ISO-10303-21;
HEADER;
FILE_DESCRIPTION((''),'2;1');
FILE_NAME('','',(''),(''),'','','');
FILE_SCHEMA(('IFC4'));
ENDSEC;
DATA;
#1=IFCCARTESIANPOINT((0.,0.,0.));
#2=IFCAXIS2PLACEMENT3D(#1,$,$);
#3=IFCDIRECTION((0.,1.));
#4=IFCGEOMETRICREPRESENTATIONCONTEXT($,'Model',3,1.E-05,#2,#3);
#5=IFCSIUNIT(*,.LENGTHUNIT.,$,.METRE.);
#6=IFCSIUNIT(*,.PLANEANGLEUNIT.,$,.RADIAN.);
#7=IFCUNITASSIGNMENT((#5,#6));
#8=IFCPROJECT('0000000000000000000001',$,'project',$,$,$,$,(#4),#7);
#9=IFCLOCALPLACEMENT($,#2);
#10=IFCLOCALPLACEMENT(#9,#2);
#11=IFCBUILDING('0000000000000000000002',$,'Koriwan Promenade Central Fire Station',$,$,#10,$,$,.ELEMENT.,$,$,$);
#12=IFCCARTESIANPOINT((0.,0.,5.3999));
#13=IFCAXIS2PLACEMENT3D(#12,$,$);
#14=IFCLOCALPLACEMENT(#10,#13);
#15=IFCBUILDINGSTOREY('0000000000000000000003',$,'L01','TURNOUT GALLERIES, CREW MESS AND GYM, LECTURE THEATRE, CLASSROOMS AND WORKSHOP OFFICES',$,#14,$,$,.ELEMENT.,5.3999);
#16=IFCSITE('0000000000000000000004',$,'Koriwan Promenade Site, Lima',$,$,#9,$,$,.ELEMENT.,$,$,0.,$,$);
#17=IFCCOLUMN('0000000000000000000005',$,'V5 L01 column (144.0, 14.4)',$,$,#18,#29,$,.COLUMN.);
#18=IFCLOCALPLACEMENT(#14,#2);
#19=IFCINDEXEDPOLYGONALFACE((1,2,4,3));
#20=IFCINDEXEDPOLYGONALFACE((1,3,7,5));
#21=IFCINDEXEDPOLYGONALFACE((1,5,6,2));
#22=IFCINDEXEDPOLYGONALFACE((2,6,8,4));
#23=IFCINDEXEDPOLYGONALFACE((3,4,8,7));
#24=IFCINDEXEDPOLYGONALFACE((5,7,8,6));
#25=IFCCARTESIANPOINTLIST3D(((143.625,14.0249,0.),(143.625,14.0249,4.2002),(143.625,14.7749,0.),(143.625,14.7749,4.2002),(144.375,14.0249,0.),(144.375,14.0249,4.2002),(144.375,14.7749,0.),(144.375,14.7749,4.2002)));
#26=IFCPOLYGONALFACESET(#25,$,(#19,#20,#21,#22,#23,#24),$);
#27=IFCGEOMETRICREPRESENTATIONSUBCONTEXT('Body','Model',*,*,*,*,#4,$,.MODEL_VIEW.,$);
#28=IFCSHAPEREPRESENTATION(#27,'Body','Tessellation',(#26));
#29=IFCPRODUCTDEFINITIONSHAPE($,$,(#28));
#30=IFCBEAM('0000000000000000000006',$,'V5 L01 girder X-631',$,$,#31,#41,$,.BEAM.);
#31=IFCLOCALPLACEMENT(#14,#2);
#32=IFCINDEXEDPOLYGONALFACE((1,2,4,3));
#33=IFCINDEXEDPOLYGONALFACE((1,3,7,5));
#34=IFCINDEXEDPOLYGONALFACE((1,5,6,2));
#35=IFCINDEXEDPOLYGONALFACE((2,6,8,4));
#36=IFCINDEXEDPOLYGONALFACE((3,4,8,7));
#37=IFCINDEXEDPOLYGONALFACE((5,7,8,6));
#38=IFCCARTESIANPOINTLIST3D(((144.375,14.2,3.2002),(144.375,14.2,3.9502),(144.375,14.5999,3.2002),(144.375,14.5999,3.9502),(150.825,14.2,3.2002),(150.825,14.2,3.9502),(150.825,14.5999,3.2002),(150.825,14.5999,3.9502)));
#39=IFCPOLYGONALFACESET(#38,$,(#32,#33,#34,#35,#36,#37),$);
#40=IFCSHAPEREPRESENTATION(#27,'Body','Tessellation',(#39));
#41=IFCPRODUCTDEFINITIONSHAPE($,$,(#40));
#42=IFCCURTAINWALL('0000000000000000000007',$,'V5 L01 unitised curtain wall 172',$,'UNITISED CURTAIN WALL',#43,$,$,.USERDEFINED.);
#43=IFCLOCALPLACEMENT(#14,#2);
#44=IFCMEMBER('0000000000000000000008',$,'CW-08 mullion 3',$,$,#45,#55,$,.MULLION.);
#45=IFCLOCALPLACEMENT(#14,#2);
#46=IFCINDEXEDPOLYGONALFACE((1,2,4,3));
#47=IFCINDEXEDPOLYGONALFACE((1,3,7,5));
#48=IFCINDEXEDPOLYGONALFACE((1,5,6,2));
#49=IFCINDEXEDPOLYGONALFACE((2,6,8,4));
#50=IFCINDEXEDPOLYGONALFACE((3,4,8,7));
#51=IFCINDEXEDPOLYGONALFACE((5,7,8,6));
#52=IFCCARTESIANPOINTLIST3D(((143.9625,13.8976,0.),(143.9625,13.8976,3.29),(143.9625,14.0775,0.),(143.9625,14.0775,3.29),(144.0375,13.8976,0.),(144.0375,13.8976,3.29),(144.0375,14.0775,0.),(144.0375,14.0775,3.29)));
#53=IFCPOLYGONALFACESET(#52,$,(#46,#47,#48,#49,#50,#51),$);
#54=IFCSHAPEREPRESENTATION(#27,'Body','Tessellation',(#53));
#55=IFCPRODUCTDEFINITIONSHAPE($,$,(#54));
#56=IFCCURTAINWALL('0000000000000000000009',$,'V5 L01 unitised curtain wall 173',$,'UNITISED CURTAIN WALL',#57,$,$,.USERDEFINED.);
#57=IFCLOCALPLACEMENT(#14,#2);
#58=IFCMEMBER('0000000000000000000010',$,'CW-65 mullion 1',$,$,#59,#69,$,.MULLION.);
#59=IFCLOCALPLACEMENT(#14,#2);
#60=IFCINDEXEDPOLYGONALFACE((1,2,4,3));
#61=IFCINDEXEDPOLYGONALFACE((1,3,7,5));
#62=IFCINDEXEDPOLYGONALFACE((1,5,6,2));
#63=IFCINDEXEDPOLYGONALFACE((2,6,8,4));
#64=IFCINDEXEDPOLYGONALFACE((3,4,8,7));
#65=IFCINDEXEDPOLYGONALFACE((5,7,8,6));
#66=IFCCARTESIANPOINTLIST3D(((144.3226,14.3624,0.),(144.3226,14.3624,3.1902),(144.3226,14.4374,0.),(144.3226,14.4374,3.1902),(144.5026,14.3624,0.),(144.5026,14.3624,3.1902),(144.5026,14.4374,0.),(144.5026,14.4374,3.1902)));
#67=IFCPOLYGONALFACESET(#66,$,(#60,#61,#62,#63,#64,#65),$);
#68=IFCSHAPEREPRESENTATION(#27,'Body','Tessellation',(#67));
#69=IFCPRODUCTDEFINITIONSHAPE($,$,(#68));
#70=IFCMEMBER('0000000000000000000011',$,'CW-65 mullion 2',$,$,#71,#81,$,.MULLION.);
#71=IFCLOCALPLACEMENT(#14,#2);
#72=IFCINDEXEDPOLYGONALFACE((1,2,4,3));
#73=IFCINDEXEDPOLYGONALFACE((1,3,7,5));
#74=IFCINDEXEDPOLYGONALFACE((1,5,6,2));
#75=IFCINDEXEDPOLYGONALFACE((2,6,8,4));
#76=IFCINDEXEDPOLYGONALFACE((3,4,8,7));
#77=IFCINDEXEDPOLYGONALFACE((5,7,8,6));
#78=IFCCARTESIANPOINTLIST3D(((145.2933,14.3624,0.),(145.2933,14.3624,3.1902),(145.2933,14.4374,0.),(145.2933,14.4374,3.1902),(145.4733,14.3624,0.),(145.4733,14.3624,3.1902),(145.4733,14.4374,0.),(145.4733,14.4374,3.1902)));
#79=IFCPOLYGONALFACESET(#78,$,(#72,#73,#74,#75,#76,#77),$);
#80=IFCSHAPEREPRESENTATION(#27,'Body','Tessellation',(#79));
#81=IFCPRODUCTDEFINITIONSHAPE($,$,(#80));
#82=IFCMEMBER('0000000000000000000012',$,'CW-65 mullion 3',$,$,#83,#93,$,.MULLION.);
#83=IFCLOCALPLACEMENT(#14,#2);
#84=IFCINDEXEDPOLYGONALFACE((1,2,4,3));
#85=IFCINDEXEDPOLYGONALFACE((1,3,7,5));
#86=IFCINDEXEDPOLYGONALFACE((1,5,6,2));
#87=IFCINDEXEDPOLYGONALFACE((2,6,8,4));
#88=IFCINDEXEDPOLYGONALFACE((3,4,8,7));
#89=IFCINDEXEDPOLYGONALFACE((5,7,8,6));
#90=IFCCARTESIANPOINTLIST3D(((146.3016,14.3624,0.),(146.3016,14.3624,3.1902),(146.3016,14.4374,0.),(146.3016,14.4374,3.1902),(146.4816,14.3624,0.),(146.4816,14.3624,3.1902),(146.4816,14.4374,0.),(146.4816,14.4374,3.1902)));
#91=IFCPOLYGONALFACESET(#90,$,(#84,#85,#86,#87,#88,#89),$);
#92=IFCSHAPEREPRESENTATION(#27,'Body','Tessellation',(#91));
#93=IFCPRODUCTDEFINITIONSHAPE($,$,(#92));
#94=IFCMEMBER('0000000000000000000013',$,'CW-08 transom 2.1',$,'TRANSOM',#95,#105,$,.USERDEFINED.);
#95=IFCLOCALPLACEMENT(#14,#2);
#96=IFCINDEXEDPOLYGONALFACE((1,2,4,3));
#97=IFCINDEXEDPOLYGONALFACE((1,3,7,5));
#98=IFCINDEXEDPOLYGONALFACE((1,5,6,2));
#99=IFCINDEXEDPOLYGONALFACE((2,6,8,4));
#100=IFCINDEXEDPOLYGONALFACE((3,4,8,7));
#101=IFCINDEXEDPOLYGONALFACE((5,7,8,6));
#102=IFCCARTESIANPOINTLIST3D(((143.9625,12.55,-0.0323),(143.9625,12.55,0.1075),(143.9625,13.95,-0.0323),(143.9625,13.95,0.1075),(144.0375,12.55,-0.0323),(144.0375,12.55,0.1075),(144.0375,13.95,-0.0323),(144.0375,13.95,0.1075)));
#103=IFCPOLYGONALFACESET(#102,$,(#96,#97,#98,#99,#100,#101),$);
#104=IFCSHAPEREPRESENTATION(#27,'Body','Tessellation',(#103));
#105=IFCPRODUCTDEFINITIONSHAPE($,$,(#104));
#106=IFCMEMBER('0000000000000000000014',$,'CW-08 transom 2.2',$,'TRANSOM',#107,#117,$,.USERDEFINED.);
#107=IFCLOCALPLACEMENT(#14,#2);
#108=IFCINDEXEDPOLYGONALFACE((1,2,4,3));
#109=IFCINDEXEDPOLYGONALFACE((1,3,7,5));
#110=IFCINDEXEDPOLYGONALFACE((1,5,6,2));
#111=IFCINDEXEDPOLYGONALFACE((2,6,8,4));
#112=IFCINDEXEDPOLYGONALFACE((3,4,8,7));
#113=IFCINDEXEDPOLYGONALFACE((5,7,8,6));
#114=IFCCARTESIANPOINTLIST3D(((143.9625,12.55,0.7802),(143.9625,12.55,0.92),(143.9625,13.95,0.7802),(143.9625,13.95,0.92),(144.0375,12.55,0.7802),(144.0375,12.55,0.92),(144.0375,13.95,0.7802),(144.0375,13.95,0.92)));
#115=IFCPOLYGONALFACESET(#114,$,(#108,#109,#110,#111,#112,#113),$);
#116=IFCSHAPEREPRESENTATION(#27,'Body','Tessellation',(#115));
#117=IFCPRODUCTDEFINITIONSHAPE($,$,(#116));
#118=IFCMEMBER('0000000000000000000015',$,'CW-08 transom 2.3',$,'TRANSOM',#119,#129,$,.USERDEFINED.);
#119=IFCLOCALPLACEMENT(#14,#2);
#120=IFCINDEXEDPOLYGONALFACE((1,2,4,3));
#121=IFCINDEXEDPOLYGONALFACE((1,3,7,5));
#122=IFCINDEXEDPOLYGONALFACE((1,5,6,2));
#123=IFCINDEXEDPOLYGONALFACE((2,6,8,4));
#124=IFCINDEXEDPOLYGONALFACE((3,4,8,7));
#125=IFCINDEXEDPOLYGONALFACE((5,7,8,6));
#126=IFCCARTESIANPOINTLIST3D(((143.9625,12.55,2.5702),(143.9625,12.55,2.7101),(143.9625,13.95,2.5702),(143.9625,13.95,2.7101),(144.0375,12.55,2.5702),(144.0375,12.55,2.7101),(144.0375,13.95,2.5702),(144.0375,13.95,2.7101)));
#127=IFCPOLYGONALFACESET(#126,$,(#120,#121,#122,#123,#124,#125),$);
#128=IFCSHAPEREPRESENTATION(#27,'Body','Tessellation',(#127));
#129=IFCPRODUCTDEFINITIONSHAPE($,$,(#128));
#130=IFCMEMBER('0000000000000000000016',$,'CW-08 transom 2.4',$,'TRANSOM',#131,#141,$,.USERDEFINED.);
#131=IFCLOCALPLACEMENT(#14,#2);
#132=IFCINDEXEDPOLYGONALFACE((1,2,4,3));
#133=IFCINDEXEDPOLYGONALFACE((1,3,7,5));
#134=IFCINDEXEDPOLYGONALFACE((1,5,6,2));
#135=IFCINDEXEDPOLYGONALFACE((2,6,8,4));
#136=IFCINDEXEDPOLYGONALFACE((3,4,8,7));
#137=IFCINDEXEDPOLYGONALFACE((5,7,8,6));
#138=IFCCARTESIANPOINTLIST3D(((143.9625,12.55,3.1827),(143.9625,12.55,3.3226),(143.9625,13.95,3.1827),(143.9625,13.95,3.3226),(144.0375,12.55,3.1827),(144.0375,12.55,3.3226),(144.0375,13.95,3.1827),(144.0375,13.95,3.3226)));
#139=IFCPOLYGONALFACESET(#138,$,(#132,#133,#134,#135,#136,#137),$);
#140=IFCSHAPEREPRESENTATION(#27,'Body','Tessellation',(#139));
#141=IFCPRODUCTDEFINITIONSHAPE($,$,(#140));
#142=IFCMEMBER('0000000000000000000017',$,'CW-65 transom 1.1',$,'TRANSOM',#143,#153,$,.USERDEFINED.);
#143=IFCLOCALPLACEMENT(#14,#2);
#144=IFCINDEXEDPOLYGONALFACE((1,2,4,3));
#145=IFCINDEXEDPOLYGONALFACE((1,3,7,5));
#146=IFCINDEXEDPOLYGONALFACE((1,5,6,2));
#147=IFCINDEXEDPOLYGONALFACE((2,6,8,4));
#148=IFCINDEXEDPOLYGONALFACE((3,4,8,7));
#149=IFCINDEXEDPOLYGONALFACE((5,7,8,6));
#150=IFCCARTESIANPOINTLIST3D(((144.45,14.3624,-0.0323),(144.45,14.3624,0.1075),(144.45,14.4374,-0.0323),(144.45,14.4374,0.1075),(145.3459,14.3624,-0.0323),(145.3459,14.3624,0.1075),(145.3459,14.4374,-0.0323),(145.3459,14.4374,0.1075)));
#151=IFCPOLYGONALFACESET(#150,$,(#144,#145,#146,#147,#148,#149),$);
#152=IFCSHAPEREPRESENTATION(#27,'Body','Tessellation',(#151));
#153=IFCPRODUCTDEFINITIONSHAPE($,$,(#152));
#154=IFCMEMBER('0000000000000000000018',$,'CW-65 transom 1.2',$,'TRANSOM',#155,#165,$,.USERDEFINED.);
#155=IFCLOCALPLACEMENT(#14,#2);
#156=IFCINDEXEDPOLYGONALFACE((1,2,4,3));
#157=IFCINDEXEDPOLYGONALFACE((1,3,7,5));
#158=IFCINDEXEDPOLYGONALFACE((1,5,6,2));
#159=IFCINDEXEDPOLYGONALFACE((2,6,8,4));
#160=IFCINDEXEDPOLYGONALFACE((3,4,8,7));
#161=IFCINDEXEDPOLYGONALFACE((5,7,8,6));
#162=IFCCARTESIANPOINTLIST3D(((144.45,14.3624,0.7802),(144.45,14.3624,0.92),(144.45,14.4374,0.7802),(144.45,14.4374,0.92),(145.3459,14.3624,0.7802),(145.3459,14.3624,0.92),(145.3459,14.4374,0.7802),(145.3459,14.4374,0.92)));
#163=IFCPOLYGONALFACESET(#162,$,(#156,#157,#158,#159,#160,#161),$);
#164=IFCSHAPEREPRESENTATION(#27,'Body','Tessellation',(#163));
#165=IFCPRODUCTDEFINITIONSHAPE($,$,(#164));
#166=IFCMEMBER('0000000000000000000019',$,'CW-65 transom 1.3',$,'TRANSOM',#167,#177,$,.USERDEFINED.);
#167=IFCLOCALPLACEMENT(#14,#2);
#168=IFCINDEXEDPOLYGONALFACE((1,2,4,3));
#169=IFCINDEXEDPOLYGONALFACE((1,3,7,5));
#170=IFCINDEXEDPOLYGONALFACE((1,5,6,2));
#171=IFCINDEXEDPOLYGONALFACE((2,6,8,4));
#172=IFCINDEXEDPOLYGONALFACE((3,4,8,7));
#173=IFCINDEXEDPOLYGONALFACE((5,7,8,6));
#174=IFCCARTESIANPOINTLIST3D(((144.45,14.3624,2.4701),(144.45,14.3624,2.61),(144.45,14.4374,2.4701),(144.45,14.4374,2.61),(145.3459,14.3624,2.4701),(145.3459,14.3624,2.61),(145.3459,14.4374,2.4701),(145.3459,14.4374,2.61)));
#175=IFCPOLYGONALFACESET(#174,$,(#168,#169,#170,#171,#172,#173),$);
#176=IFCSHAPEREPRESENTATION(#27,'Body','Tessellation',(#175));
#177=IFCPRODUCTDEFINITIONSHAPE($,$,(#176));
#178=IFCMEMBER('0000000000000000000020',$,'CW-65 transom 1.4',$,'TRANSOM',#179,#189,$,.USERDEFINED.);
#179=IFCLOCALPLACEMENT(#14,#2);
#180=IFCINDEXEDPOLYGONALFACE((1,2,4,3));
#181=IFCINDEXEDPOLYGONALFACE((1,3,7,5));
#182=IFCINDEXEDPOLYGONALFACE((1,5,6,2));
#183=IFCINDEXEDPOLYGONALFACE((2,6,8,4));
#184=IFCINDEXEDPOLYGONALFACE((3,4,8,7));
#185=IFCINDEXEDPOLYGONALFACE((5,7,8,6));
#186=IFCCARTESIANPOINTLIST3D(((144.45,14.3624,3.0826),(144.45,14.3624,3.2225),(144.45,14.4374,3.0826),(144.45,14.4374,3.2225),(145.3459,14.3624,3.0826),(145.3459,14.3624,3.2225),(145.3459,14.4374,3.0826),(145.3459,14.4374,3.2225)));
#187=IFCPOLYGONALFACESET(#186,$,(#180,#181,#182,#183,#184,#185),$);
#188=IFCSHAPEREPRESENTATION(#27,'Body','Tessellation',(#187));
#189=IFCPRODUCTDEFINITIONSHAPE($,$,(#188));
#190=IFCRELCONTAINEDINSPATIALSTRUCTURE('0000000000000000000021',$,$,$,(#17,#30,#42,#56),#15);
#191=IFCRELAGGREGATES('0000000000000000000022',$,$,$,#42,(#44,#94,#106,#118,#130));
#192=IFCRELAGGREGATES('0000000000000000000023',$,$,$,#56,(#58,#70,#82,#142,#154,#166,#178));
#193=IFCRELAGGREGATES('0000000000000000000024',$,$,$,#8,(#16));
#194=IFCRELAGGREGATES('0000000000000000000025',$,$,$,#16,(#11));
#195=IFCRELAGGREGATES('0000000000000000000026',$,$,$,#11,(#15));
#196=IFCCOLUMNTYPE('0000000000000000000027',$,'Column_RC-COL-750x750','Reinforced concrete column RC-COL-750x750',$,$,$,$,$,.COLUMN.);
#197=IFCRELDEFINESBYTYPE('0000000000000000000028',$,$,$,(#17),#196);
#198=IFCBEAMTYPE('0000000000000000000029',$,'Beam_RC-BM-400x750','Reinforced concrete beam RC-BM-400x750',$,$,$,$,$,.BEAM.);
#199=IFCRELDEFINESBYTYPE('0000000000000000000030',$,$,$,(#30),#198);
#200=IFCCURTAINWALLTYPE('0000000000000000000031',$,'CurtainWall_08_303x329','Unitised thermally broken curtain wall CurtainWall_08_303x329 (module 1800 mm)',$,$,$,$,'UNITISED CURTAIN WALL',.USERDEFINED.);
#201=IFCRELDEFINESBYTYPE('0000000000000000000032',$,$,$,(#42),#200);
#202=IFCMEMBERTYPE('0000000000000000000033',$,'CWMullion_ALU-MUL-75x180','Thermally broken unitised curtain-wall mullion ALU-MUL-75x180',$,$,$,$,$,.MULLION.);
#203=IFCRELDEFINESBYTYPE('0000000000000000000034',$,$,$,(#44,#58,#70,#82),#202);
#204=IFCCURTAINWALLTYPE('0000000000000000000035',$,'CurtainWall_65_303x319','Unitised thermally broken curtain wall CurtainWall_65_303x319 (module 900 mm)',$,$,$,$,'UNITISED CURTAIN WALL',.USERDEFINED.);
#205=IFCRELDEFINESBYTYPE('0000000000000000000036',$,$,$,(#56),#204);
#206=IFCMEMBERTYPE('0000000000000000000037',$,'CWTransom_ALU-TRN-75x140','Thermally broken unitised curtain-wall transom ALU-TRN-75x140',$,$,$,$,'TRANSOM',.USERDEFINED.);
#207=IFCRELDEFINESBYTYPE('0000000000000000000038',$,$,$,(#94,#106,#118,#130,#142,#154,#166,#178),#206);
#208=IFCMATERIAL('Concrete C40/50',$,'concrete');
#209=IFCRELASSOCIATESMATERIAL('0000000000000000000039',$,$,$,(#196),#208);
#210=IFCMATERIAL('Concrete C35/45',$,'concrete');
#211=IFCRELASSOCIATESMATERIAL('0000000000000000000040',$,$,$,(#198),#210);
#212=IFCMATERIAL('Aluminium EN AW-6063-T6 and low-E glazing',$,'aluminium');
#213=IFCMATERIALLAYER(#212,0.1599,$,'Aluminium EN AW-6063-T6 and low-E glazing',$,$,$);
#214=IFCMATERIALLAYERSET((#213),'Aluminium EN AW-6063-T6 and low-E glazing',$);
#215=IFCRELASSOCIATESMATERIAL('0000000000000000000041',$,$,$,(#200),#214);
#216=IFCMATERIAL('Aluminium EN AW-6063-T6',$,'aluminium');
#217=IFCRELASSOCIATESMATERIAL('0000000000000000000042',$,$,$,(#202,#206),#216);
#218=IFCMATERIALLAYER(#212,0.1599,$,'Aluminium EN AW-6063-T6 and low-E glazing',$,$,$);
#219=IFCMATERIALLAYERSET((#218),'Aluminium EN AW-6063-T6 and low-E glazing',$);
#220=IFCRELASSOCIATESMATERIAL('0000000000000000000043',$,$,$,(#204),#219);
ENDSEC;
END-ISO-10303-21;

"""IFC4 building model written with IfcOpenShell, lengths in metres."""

from ifc_helpers import new_model, si_unit, direction, frame, origin, origin_2d, place, context, subcontext, project, spatial, rectangle, extrude, material, layer, layer_set, material_profile, profile_set, type_object, element, aggregate, save


model = new_model("IFC4")

# Units and contexts
model_context = context("Model", 3, precision=1e-05, world=origin(), true_north=direction((0.0, 1.0)))
body_context = subcontext(model_context, "Body", "Model", "MODEL_VIEW")
ifc_project = project(units=[si_unit("LENGTHUNIT", "METRE"), si_unit("PLANEANGLEUNIT", "RADIAN")], contexts=[model_context])

# Site, building, storey
site_placement = place(None, origin())
site = spatial("IfcSite", under=ifc_project, at=site_placement, Name="Koriwan Promenade Site, Lima", CompositionType="ELEMENT", RefElevation=0.0)
building_placement = place(site_placement, origin())
building = spatial("IfcBuilding", under=site, at=building_placement, Name="Koriwan Promenade Central Fire Station", CompositionType="ELEMENT")
storey_placement = place(building_placement, frame((0.0, 0.0, 5.3999)))
storey = spatial("IfcBuildingStorey", under=building, at=storey_placement, Name="L01", Description="TURNOUT GALLERIES, CREW MESS AND GYM, LECTURE THEATRE, CLASSROOMS AND WORKSHOP OFFICES", CompositionType="ELEMENT", Elevation=5.3999)

# Column
ifc_material_1 = material(Name="Concrete C40/50", Category="concrete")
ifc_material_profile_1 = material_profile(ifc_material_1, rectangle(XDim=0.75, YDim=0.75, at=origin_2d()), Name="RC-COL-750x750")
ifc_profile_set_1 = profile_set([ifc_material_profile_1], Name="Concrete C40/50")
column_type = type_object("IfcColumnType", Name="Column_RC-COL-750x750", Description="Reinforced concrete column RC-COL-750x750", PredefinedType="COLUMN", material=ifc_profile_set_1)
column_placement = place(storey_placement, frame((144.0, 14.3999, 0.0), z_axis=(0.0, 0.0, 1.0), x_axis=(1.0, 0.0, 0.0)))
element("IfcColumn", 1, at=column_placement, inside=storey, type_object=column_type, Name="V5 L01 column (144.0, 14.4)", PredefinedType="COLUMN", context=body_context, shape_type="SweptSolid", body=[
    extrude(rectangle(XDim=0.75, YDim=0.75, at=origin_2d()), origin(), (0.0, 0.0, 1.0), 4.2002),
])

# Beam
ifc_material_2 = material(Name="Concrete C35/45", Category="concrete")
ifc_material_profile_2 = material_profile(ifc_material_2, rectangle(XDim=0.3999, YDim=0.75, at=origin_2d()), Name="RC-BM-400x750")
ifc_profile_set_2 = profile_set([ifc_material_profile_2], Name="Concrete C35/45")
beam_type = type_object("IfcBeamType", Name="Beam_RC-BM-400x750", Description="Reinforced concrete beam RC-BM-400x750", PredefinedType="BEAM", material=ifc_profile_set_2)
beam_placement = place(storey_placement, frame((144.375, 14.3999, 3.5752), z_axis=(1.0, 0.0, 0.0), x_axis=(0.0, 1.0, 0.0)))
element("IfcBeam", 2, at=beam_placement, inside=storey, type_object=beam_type, Name="V5 L01 girder X-631", PredefinedType="BEAM", context=body_context, shape_type="SweptSolid", body=[
    extrude(rectangle(XDim=0.3999, YDim=0.75, at=origin_2d()), origin(), (0.0, 0.0, 1.0), 6.45),
])

# Curtain wall, member
ifc_material_3 = material(Name="Aluminium EN AW-6063-T6 and low-E glazing", Category="aluminium")
ifc_layer_1 = layer(ifc_material_3, 0.1599, Name="Aluminium EN AW-6063-T6 and low-E glazing")
ifc_layer_set_1 = layer_set([ifc_layer_1], Name="Aluminium EN AW-6063-T6 and low-E glazing")
curtain_wall_type_1 = type_object("IfcCurtainWallType", Name="CurtainWall_08_303x329", Description="Unitised thermally broken curtain wall CurtainWall_08_303x329 (module 1800 mm)", ElementType="UNITISED CURTAIN WALL", PredefinedType="USERDEFINED", material=ifc_layer_set_1)
curtain_wall_1_placement = place(storey_placement, origin())
curtain_wall_1 = element("IfcCurtainWall", 3, at=curtain_wall_1_placement, inside=storey, type_object=curtain_wall_type_1, Name="V5 L01 unitised curtain wall 172", ObjectType="UNITISED CURTAIN WALL", PredefinedType="USERDEFINED")
ifc_material_4 = material(Name="Aluminium EN AW-6063-T6", Category="aluminium")
ifc_material_profile_3 = material_profile(ifc_material_4, rectangle(XDim=0.075, YDim=0.1799, at=origin_2d()), Name="ALU-MUL-75x180")
ifc_profile_set_3 = profile_set([ifc_material_profile_3], Name="Aluminium EN AW-6063-T6")
member_type_1 = type_object("IfcMemberType", Name="CWMullion_ALU-MUL-75x180", Description="Thermally broken unitised curtain-wall mullion ALU-MUL-75x180", PredefinedType="MULLION", material=ifc_profile_set_3)
member_1_placement = place(storey_placement, frame((144.0, 13.9875, 0.0), z_axis=(0.0, 0.0, 1.0), x_axis=(-1.0, 0.0, 0.0)))
member_1 = element("IfcMember", 4, at=member_1_placement, type_object=member_type_1, Name="CW-08 mullion 3", PredefinedType="MULLION", context=body_context, shape_type="SweptSolid", body=[
    extrude(rectangle(XDim=0.075, YDim=0.1799, at=origin_2d()), origin(), (0.0, 0.0, 1.0), 3.29),
])

# Curtain wall, members
ifc_layer_2 = layer(ifc_material_3, 0.1599, Name="Aluminium EN AW-6063-T6 and low-E glazing")
ifc_layer_set_2 = layer_set([ifc_layer_2], Name="Aluminium EN AW-6063-T6 and low-E glazing")
curtain_wall_type_2 = type_object("IfcCurtainWallType", Name="CurtainWall_65_303x319", Description="Unitised thermally broken curtain wall CurtainWall_65_303x319 (module 900 mm)", ElementType="UNITISED CURTAIN WALL", PredefinedType="USERDEFINED", material=ifc_layer_set_2)
curtain_wall_2_placement = place(storey_placement, origin())
curtain_wall_2 = element("IfcCurtainWall", 5, at=curtain_wall_2_placement, inside=storey, type_object=curtain_wall_type_2, Name="V5 L01 unitised curtain wall 173", ObjectType="UNITISED CURTAIN WALL", PredefinedType="USERDEFINED")
member_2_placement = place(storey_placement, frame((144.4126, 14.3999, 0.0), z_axis=(0.0, 0.0, 1.0), x_axis=(0.0, 1.0, 0.0)))
member_2 = element("IfcMember", 6, at=member_2_placement, type_object=member_type_1, Name="CW-65 mullion 1", PredefinedType="MULLION", context=body_context, shape_type="SweptSolid", body=[
    extrude(rectangle(XDim=0.075, YDim=0.1799, at=origin_2d()), origin(), (0.0, 0.0, 1.0), 3.1902),
])
member_3_placement = place(storey_placement, frame((145.3833, 14.3999, 0.0), z_axis=(0.0, 0.0, 1.0), x_axis=(0.0, 1.0, 0.0)))
member_3 = element("IfcMember", 7, at=member_3_placement, type_object=member_type_1, Name="CW-65 mullion 2", PredefinedType="MULLION", context=body_context, shape_type="SweptSolid", body=[
    extrude(rectangle(XDim=0.075, YDim=0.1799, at=origin_2d()), origin(), (0.0, 0.0, 1.0), 3.1902),
])
member_4_placement = place(storey_placement, frame((146.3916, 14.3999, 0.0), z_axis=(0.0, 0.0, 1.0), x_axis=(0.0, 1.0, 0.0)))
member_4 = element("IfcMember", 8, at=member_4_placement, type_object=member_type_1, Name="CW-65 mullion 3", PredefinedType="MULLION", context=body_context, shape_type="SweptSolid", body=[
    extrude(rectangle(XDim=0.075, YDim=0.1799, at=origin_2d()), origin(), (0.0, 0.0, 1.0), 3.1902),
])

# Members
ifc_material_profile_4 = material_profile(ifc_material_4, rectangle(XDim=0.075, YDim=0.1399, at=origin_2d()), Name="ALU-TRN-75x140")
ifc_profile_set_4 = profile_set([ifc_material_profile_4], Name="Aluminium EN AW-6063-T6")
member_type_2 = type_object("IfcMemberType", Name="CWTransom_ALU-TRN-75x140", Description="Thermally broken unitised curtain-wall transom ALU-TRN-75x140", ElementType="TRANSOM", PredefinedType="USERDEFINED", material=ifc_profile_set_4)
member_5_placement = place(storey_placement, frame((144.0, 12.55, 0.0376), z_axis=(0.0, 1.0, 0.0), x_axis=(-1.0, 0.0, 0.0)))
member_5 = element("IfcMember", 9, at=member_5_placement, type_object=member_type_2, Name="CW-08 transom 2.1", ObjectType="TRANSOM", PredefinedType="USERDEFINED", context=body_context, shape_type="SweptSolid", body=[
    extrude(rectangle(XDim=0.075, YDim=0.1399, at=origin_2d()), origin(), (0.0, 0.0, 1.0), 1.3999),
])
member_6_placement = place(storey_placement, frame((144.0, 12.55, 0.8501), z_axis=(0.0, 1.0, 0.0), x_axis=(-1.0, 0.0, 0.0)))
member_6 = element("IfcMember", 10, at=member_6_placement, type_object=member_type_2, Name="CW-08 transom 2.2", ObjectType="TRANSOM", PredefinedType="USERDEFINED", context=body_context, shape_type="SweptSolid", body=[
    extrude(rectangle(XDim=0.075, YDim=0.1399, at=origin_2d()), origin(), (0.0, 0.0, 1.0), 1.3999),
])
member_7_placement = place(storey_placement, frame((144.0, 12.55, 2.6401), z_axis=(0.0, 1.0, 0.0), x_axis=(-1.0, 0.0, 0.0)))
member_7 = element("IfcMember", 11, at=member_7_placement, type_object=member_type_2, Name="CW-08 transom 2.3", ObjectType="TRANSOM", PredefinedType="USERDEFINED", context=body_context, shape_type="SweptSolid", body=[
    extrude(rectangle(XDim=0.075, YDim=0.1399, at=origin_2d()), origin(), (0.0, 0.0, 1.0), 1.3999),
])
member_8_placement = place(storey_placement, frame((144.0, 12.55, 3.2527), z_axis=(0.0, 1.0, 0.0), x_axis=(-1.0, 0.0, 0.0)))
member_8 = element("IfcMember", 12, at=member_8_placement, type_object=member_type_2, Name="CW-08 transom 2.4", ObjectType="TRANSOM", PredefinedType="USERDEFINED", context=body_context, shape_type="SweptSolid", body=[
    extrude(rectangle(XDim=0.075, YDim=0.1399, at=origin_2d()), origin(), (0.0, 0.0, 1.0), 1.3999),
])
member_9_placement = place(storey_placement, frame((144.45, 14.3999, 0.0376), z_axis=(1.0, 0.0, 0.0), x_axis=(0.0, 1.0, 0.0)))
member_9 = element("IfcMember", 13, at=member_9_placement, type_object=member_type_2, Name="CW-65 transom 1.1", ObjectType="TRANSOM", PredefinedType="USERDEFINED", context=body_context, shape_type="SweptSolid", body=[
    extrude(rectangle(XDim=0.075, YDim=0.1399, at=origin_2d()), origin(), (0.0, 0.0, 1.0), 0.896),
])
member_10_placement = place(storey_placement, frame((144.45, 14.3999, 0.8501), z_axis=(1.0, 0.0, 0.0), x_axis=(0.0, 1.0, 0.0)))
member_10 = element("IfcMember", 14, at=member_10_placement, type_object=member_type_2, Name="CW-65 transom 1.2", ObjectType="TRANSOM", PredefinedType="USERDEFINED", context=body_context, shape_type="SweptSolid", body=[
    extrude(rectangle(XDim=0.075, YDim=0.1399, at=origin_2d()), origin(), (0.0, 0.0, 1.0), 0.896),
])
member_11_placement = place(storey_placement, frame((144.45, 14.3999, 2.54), z_axis=(1.0, 0.0, 0.0), x_axis=(0.0, 1.0, 0.0)))
member_11 = element("IfcMember", 15, at=member_11_placement, type_object=member_type_2, Name="CW-65 transom 1.3", ObjectType="TRANSOM", PredefinedType="USERDEFINED", context=body_context, shape_type="SweptSolid", body=[
    extrude(rectangle(XDim=0.075, YDim=0.1399, at=origin_2d()), origin(), (0.0, 0.0, 1.0), 0.896),
])
member_12_placement = place(storey_placement, frame((144.45, 14.3999, 3.1526), z_axis=(1.0, 0.0, 0.0), x_axis=(0.0, 1.0, 0.0)))
member_12 = element("IfcMember", 16, at=member_12_placement, type_object=member_type_2, Name="CW-65 transom 1.4", ObjectType="TRANSOM", PredefinedType="USERDEFINED", context=body_context, shape_type="SweptSolid", body=[
    extrude(rectangle(XDim=0.075, YDim=0.1399, at=origin_2d()), origin(), (0.0, 0.0, 1.0), 0.896),
])

aggregate(curtain_wall_1, [member_1, member_5, member_6, member_7, member_8])
aggregate(curtain_wall_2, [member_2, member_3, member_4, member_9, member_10, member_11, member_12])

save(model, "model.ifc")
